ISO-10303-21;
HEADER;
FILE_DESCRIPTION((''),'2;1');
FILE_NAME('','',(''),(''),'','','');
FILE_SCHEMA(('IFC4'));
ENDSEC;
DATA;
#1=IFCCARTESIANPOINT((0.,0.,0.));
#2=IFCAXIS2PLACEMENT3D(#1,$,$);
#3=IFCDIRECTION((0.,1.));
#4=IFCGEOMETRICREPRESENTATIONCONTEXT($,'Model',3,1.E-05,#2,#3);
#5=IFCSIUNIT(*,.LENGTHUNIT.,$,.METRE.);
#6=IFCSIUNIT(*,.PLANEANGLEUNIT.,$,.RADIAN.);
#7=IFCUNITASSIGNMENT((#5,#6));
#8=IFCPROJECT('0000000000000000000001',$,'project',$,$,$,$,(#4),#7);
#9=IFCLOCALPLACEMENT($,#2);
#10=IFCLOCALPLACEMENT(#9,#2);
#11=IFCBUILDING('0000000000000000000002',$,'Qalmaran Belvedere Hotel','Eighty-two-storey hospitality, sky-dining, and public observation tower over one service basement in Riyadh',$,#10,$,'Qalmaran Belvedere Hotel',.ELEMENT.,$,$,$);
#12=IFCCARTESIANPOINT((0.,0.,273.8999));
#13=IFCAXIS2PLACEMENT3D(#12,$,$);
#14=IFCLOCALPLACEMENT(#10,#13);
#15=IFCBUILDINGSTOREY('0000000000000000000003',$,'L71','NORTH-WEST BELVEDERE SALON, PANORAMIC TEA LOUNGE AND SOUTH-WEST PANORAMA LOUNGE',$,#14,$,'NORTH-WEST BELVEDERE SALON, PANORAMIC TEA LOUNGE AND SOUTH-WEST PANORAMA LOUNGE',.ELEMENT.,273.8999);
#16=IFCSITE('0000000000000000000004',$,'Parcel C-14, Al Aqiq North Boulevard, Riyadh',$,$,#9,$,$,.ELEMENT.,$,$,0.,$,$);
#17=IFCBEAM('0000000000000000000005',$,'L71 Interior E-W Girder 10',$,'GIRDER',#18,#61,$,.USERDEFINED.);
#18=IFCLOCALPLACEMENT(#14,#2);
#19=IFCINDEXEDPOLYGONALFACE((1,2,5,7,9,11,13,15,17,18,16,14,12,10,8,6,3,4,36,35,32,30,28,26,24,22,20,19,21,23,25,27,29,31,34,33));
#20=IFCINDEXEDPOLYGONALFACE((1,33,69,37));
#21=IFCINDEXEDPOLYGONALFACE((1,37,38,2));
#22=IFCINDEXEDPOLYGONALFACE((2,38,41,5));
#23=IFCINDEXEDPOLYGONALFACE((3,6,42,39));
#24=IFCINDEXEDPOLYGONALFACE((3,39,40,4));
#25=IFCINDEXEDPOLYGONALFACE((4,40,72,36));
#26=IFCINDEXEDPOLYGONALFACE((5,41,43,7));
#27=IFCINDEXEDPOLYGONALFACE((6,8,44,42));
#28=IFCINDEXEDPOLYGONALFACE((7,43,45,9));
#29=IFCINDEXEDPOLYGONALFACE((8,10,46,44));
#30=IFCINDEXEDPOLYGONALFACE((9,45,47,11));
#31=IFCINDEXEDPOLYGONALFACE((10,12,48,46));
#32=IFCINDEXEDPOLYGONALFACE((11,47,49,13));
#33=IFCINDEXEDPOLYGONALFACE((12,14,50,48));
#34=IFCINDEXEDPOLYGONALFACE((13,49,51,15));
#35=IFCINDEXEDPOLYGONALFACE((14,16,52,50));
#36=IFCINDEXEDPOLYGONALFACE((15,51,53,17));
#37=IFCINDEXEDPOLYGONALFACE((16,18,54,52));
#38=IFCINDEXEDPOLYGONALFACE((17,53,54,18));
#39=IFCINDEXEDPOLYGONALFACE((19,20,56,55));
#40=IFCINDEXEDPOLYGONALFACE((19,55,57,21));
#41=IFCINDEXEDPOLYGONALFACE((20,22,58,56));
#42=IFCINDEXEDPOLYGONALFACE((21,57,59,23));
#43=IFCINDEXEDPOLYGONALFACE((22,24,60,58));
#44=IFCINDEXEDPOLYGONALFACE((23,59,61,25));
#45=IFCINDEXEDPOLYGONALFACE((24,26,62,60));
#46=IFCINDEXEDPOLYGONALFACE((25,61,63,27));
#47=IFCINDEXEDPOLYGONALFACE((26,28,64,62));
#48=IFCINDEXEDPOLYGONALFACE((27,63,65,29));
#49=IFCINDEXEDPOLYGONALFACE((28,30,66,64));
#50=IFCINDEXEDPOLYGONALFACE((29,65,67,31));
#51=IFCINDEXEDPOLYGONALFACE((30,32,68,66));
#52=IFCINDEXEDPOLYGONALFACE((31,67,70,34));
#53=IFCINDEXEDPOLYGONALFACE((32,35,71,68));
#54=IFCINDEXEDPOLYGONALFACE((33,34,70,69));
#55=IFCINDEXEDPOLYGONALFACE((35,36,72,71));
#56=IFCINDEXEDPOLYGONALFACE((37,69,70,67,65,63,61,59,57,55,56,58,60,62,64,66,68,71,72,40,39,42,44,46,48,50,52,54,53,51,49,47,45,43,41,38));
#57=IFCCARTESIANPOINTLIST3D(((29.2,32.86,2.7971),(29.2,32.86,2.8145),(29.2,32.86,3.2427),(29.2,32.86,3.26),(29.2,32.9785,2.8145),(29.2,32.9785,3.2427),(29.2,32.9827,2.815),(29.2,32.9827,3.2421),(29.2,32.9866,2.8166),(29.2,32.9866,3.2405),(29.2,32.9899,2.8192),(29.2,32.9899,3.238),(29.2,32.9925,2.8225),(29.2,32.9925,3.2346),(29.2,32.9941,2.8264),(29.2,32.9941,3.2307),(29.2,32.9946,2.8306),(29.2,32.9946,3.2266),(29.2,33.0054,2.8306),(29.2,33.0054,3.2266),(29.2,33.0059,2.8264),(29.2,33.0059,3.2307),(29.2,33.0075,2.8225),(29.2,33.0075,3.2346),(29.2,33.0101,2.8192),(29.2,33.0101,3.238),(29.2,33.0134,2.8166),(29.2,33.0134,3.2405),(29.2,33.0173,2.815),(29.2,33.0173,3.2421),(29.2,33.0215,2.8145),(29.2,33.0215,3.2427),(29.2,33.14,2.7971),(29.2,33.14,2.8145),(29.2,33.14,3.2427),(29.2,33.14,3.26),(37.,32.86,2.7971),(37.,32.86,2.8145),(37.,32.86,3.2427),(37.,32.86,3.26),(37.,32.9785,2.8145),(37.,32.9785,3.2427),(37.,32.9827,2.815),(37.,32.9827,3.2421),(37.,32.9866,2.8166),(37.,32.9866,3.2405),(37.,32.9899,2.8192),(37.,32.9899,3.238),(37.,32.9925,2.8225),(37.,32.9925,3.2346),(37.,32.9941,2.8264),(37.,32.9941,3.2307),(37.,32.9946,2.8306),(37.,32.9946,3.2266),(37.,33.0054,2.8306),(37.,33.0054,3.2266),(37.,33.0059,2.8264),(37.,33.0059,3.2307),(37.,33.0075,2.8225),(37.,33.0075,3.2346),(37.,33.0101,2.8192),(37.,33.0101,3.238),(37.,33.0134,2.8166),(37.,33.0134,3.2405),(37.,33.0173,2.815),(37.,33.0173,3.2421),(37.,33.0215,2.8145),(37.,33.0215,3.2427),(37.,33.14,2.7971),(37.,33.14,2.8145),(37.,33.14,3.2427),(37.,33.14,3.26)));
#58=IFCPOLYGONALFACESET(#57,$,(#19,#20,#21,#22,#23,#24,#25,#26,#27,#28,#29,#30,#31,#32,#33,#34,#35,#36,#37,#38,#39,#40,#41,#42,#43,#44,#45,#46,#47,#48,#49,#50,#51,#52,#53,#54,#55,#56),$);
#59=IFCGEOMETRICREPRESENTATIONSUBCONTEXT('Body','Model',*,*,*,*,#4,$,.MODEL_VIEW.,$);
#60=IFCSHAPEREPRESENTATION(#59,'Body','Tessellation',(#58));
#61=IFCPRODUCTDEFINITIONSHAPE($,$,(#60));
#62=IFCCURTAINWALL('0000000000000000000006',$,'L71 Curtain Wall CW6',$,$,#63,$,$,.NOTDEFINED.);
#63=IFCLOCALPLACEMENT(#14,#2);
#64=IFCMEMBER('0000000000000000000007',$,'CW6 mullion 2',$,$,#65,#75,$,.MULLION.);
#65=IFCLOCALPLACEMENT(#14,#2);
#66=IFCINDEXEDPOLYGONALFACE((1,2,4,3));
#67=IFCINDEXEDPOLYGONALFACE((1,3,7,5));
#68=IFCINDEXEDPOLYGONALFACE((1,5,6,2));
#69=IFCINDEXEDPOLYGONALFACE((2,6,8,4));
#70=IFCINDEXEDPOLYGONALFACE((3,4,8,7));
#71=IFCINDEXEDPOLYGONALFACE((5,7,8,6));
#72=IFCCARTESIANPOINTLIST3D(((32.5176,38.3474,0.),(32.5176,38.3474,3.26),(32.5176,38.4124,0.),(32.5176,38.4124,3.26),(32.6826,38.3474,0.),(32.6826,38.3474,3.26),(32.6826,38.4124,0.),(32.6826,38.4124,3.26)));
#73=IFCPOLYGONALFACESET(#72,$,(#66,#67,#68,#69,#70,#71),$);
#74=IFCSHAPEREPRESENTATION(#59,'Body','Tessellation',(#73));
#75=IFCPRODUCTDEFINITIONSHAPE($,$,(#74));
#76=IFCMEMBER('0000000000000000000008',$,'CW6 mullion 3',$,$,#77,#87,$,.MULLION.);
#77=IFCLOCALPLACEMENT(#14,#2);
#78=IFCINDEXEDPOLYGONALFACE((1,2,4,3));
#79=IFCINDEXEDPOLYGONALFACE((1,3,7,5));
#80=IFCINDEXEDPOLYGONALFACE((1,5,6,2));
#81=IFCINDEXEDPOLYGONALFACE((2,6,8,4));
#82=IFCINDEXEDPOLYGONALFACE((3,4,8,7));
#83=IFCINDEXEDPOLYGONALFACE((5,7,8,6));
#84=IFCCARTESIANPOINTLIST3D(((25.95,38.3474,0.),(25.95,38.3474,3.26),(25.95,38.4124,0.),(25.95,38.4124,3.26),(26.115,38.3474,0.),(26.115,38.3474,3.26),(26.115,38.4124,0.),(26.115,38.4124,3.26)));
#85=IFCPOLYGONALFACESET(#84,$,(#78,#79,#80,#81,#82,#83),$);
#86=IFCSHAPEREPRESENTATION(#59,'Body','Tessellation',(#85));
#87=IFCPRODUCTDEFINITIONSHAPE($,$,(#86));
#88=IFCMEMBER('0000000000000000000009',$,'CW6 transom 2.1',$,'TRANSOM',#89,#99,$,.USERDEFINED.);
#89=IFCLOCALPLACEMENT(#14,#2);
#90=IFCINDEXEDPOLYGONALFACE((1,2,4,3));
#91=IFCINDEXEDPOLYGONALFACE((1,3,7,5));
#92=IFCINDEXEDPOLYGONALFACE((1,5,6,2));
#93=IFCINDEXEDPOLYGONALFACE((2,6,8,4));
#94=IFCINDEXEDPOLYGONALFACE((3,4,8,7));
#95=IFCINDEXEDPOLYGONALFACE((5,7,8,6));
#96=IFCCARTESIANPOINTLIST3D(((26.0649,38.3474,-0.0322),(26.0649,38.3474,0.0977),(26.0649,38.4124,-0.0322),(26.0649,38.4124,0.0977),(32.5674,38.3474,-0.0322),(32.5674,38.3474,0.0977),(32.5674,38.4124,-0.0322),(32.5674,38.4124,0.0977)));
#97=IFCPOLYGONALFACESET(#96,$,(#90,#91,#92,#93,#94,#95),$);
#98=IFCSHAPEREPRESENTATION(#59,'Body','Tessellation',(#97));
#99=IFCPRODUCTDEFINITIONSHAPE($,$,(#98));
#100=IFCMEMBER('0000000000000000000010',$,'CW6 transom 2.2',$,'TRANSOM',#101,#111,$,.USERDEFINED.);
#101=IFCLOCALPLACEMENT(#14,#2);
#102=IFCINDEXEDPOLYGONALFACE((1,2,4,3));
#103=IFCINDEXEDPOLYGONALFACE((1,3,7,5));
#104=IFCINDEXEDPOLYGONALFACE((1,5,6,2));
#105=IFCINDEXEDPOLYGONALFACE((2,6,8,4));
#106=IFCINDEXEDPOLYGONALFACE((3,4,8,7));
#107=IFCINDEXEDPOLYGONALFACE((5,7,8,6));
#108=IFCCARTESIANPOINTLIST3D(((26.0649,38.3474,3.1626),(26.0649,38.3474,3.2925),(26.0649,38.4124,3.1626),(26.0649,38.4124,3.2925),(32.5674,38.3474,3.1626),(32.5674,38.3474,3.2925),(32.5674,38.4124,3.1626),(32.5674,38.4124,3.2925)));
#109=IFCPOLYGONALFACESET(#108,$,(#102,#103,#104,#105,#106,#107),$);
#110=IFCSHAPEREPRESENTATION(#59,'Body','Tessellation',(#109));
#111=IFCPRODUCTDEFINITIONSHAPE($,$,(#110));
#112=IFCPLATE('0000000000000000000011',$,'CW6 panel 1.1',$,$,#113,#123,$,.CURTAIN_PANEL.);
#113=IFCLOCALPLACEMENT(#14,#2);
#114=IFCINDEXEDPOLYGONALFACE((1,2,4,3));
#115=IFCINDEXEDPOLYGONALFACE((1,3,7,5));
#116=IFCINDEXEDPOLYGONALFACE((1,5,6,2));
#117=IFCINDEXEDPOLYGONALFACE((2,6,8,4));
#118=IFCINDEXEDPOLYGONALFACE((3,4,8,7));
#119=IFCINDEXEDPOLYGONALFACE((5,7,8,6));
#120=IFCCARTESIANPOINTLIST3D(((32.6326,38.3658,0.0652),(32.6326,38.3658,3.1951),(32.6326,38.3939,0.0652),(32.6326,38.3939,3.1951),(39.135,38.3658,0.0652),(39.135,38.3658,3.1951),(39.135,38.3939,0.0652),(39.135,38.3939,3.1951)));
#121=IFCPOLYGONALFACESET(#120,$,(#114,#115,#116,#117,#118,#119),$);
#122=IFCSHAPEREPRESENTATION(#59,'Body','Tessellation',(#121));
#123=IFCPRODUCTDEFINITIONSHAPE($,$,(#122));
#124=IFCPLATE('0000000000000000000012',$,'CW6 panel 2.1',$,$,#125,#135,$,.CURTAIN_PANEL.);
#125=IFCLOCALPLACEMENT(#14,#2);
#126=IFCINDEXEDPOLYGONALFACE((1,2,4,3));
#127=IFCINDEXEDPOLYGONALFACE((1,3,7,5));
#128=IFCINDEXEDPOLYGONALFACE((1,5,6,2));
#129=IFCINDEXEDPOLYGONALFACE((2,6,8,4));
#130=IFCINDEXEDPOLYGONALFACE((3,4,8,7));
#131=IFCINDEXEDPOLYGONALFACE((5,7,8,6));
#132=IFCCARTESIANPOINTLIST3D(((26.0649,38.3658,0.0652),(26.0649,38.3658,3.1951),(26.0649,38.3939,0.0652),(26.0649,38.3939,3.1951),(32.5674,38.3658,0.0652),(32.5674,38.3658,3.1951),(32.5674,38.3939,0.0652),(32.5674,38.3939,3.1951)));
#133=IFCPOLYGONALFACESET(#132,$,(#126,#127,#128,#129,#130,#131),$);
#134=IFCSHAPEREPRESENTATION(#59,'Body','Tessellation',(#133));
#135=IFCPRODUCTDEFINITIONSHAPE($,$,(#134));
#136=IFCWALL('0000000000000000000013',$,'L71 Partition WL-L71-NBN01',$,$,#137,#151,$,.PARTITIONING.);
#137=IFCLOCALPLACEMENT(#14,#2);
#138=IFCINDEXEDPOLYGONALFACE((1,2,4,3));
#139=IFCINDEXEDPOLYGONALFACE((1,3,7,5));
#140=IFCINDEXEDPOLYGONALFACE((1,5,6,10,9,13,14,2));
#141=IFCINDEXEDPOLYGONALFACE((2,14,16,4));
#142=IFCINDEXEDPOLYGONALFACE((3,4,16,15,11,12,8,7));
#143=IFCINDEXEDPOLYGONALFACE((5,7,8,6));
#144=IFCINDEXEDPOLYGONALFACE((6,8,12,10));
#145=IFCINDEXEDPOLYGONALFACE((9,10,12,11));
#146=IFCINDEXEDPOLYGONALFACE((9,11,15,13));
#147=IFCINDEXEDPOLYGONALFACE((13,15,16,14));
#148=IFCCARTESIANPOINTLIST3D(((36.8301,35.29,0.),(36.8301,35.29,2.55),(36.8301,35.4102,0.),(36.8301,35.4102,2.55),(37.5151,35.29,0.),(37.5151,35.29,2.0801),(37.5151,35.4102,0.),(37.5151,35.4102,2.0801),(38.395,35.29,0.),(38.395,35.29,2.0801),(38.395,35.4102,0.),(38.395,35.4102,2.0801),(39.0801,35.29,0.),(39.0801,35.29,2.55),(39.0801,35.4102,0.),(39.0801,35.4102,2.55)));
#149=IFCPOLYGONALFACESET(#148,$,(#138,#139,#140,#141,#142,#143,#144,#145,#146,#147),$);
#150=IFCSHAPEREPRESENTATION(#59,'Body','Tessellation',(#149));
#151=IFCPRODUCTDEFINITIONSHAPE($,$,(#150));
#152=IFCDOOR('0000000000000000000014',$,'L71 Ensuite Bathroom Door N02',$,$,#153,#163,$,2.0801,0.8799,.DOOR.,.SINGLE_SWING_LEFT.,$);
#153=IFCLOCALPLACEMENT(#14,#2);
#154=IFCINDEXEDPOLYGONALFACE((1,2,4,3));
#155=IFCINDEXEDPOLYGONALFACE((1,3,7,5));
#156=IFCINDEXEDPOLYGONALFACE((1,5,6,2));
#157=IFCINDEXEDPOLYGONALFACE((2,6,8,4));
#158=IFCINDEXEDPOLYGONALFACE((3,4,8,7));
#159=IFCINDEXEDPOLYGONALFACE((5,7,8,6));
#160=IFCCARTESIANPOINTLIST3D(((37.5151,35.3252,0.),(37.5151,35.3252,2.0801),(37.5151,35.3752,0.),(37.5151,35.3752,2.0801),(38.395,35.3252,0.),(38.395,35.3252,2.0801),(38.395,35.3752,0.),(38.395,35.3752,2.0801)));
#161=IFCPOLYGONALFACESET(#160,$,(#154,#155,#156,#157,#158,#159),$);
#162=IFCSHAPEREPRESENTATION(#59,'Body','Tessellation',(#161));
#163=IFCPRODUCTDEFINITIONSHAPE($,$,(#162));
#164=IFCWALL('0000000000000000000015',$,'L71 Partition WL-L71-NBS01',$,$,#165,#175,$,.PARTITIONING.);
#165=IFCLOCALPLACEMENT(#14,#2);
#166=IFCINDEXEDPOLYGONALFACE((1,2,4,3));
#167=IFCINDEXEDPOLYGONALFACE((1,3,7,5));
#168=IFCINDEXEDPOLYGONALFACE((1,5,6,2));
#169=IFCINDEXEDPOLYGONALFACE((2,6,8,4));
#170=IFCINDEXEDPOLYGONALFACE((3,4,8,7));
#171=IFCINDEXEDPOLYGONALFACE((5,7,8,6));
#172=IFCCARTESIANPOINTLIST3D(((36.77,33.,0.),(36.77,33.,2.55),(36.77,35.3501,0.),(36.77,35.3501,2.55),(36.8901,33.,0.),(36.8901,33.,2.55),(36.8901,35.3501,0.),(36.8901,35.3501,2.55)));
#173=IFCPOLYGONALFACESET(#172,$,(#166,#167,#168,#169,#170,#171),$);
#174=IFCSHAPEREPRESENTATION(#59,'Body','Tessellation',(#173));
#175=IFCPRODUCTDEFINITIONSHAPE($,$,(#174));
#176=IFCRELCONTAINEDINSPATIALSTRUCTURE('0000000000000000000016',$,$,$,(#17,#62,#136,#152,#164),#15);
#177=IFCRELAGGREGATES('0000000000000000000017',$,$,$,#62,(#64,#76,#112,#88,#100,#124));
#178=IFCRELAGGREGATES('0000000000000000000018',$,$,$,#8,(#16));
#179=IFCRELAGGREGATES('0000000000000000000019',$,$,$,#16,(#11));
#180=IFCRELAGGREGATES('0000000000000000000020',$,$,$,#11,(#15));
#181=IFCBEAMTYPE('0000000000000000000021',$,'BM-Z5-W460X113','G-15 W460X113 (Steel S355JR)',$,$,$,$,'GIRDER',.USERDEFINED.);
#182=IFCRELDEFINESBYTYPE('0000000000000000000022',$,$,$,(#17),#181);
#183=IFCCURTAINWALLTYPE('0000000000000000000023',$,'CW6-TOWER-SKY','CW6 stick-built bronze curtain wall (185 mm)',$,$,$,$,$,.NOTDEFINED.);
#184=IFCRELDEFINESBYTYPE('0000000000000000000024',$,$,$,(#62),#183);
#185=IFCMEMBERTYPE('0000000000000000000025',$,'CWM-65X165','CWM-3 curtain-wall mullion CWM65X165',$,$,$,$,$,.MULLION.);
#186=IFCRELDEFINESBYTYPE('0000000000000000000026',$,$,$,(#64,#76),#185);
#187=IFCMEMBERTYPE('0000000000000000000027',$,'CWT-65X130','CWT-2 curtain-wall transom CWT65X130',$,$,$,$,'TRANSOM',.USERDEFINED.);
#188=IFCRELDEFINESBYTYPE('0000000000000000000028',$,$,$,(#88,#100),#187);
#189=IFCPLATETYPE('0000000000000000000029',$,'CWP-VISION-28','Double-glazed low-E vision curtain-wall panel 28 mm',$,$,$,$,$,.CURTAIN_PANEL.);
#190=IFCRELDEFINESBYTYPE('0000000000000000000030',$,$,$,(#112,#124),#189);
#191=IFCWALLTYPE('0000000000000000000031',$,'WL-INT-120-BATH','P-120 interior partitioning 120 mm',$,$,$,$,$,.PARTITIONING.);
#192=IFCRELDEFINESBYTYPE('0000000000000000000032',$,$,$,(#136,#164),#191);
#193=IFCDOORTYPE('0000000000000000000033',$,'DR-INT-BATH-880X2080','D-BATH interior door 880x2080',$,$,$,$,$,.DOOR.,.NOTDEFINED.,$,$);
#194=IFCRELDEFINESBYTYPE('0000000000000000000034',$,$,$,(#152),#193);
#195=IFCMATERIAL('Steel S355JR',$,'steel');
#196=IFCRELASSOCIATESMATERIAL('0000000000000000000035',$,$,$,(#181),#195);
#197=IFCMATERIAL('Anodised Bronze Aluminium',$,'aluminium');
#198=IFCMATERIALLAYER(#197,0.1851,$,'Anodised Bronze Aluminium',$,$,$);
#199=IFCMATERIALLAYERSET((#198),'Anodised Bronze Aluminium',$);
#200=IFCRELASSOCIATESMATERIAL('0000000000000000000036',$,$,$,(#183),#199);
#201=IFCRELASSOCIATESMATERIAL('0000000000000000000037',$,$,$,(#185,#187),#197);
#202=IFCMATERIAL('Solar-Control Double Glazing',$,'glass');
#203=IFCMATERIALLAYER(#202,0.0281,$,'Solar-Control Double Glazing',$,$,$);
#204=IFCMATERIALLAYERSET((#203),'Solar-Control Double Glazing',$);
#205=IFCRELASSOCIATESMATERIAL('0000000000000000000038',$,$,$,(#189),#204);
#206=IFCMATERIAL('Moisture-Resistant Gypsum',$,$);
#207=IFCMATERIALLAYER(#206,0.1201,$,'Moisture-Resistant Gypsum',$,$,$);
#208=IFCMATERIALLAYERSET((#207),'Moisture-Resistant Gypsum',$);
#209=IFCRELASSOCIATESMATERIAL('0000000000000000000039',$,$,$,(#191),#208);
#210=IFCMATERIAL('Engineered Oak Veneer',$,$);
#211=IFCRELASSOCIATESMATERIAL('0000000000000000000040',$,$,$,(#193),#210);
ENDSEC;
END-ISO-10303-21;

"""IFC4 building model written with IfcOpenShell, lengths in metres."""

from ifc_helpers import new_model, si_unit, direction, frame, frame_2d, origin, origin_2d, place, context, subcontext, project, spatial, rectangle, i_section, extrude, material, layer, layer_set, material_profile, profile_set, type_object, element, fill, aggregate, save


model = new_model("IFC4")

# Units and contexts
model_context = context("Model", 3, precision=1e-05, world=origin(), true_north=direction((0.0, 1.0)))
body_context = subcontext(model_context, "Body", "Model", "MODEL_VIEW")
ifc_project = project(units=[si_unit("LENGTHUNIT", "METRE"), si_unit("PLANEANGLEUNIT", "RADIAN")], contexts=[model_context])

# Site, building, storey
site_placement = place(None, origin())
site = spatial("IfcSite", under=ifc_project, at=site_placement, Name="Parcel C-14, Al Aqiq North Boulevard, Riyadh", CompositionType="ELEMENT", RefElevation=0.0)
building_placement = place(site_placement, origin())
building = spatial("IfcBuilding", under=site, at=building_placement, Name="Qalmaran Belvedere Hotel", Description="Eighty-two-storey hospitality, sky-dining, and public observation tower over one service basement in Riyadh", LongName="Qalmaran Belvedere Hotel", CompositionType="ELEMENT")
storey_placement = place(building_placement, frame((0.0, 0.0, 273.8999)))
storey = spatial("IfcBuildingStorey", under=building, at=storey_placement, Name="L71", Description="NORTH-WEST BELVEDERE SALON, PANORAMIC TEA LOUNGE AND SOUTH-WEST PANORAMA LOUNGE", LongName="NORTH-WEST BELVEDERE SALON, PANORAMIC TEA LOUNGE AND SOUTH-WEST PANORAMA LOUNGE", CompositionType="ELEMENT", Elevation=273.8999)

# Beam
ifc_material_1 = material(Name="Steel S355JR", Category="steel")
ifc_material_profile_1 = material_profile(ifc_material_1, i_section(OverallWidth=0.28, OverallDepth=0.4629, WebThickness=0.0107, FlangeThickness=0.0173, FilletRadius=0.0161, at=origin_2d()), Name="W460X113")
ifc_profile_set_1 = profile_set([ifc_material_profile_1], Name="Steel S355JR")
beam_type_1 = type_object("IfcBeamType", Name="BM-Z5-W460X113", Description="G-15 W460X113 (Steel S355JR)", ElementType="GIRDER", PredefinedType="USERDEFINED", material=ifc_profile_set_1)
for number, where, z_axis, x_axis, name in (
    (1, (29.2, 33.0, 3.0286), (1.0, 0.0, 0.0), (0.0, 1.0, 0.0), "L71 Interior E-W Girder 10"),
):
    element("IfcBeam", number, at=place(storey_placement, frame(where, z_axis=z_axis, x_axis=x_axis)), inside=storey, type_object=beam_type_1, Name=name, ObjectType="GIRDER", PredefinedType="USERDEFINED", context=body_context, shape_type="SweptSolid", body=[
        extrude(i_section(OverallWidth=0.28, OverallDepth=0.4629, WebThickness=0.0107, FlangeThickness=0.0173, FilletRadius=0.0161, at=origin_2d()), origin(), (0.0, 0.0, 1.0), 7.8),
    ])

# Curtain wall, members, plates
ifc_material_2 = material(Name="Anodised Bronze Aluminium", Category="aluminium")
ifc_layer_1 = layer(ifc_material_2, 0.1851, Name="Anodised Bronze Aluminium")
ifc_layer_set_1 = layer_set([ifc_layer_1], Name="Anodised Bronze Aluminium")
curtain_wall_type = type_object("IfcCurtainWallType", Name="CW6-TOWER-SKY", Description="CW6 stick-built bronze curtain wall (185 mm)", PredefinedType="NOTDEFINED", material=ifc_layer_set_1)
curtain_wall_placement = place(storey_placement, origin())
curtain_wall = element("IfcCurtainWall", 2, at=curtain_wall_placement, inside=storey, type_object=curtain_wall_type, Name="L71 Curtain Wall CW6", PredefinedType="NOTDEFINED")
ifc_material_profile_2 = material_profile(ifc_material_2, rectangle(XDim=0.0649, YDim=0.165, at=origin_2d()), Name="CWM65X165")
ifc_profile_set_2 = profile_set([ifc_material_profile_2], Name="Anodised Bronze Aluminium")
member_type_1 = type_object("IfcMemberType", Name="CWM-65X165", Description="CWM-3 curtain-wall mullion CWM65X165", PredefinedType="MULLION", material=ifc_profile_set_2)
member_1_placement = place(storey_placement, frame((32.6001, 38.3799, 0.0), z_axis=(0.0, 0.0, 1.0), x_axis=(0.0, -1.0, 0.0)))
member_1 = element("IfcMember", 3, at=member_1_placement, type_object=member_type_1, Name="CW6 mullion 2", PredefinedType="MULLION", context=body_context, shape_type="SweptSolid", body=[
    extrude(rectangle(XDim=0.0649, YDim=0.165, at=origin_2d()), origin(), (0.0, 0.0, 1.0), 3.26),
])
member_2_placement = place(storey_placement, frame((26.0325, 38.3799, 0.0), z_axis=(0.0, 0.0, 1.0), x_axis=(0.0, -1.0, 0.0)))
member_2 = element("IfcMember", 4, at=member_2_placement, type_object=member_type_1, Name="CW6 mullion 3", PredefinedType="MULLION", context=body_context, shape_type="SweptSolid", body=[
    extrude(rectangle(XDim=0.0649, YDim=0.165, at=origin_2d()), origin(), (0.0, 0.0, 1.0), 3.26),
])
ifc_material_profile_3 = material_profile(ifc_material_2, rectangle(XDim=0.0649, YDim=0.1299, at=origin_2d()), Name="CWT65X130")
ifc_profile_set_3 = profile_set([ifc_material_profile_3], Name="Anodised Bronze Aluminium")
member_type_2 = type_object("IfcMemberType", Name="CWT-65X130", Description="CWT-2 curtain-wall transom CWT65X130", ElementType="TRANSOM", PredefinedType="USERDEFINED", material=ifc_profile_set_3)
member_3_placement = place(storey_placement, frame((32.5674, 38.3799, 0.0327), z_axis=(-1.0, 0.0, 0.0), x_axis=(0.0, -1.0, 0.0)))
member_3 = element("IfcMember", 5, at=member_3_placement, type_object=member_type_2, Name="CW6 transom 2.1", ObjectType="TRANSOM", PredefinedType="USERDEFINED", context=body_context, shape_type="SweptSolid", body=[
    extrude(rectangle(XDim=0.0649, YDim=0.1299, at=origin_2d()), origin(), (0.0, 0.0, 1.0), 6.5024),
])
member_4_placement = place(storey_placement, frame((32.5674, 38.3799, 3.2275), z_axis=(-1.0, 0.0, 0.0), x_axis=(0.0, -1.0, 0.0)))
member_4 = element("IfcMember", 6, at=member_4_placement, type_object=member_type_2, Name="CW6 transom 2.2", ObjectType="TRANSOM", PredefinedType="USERDEFINED", context=body_context, shape_type="SweptSolid", body=[
    extrude(rectangle(XDim=0.0649, YDim=0.1299, at=origin_2d()), origin(), (0.0, 0.0, 1.0), 6.5024),
])
ifc_material_3 = material(Name="Solar-Control Double Glazing", Category="glass")
ifc_layer_2 = layer(ifc_material_3, 0.0281, Name="Solar-Control Double Glazing")
ifc_layer_set_2 = layer_set([ifc_layer_2], Name="Solar-Control Double Glazing")
plate_type = type_object("IfcPlateType", Name="CWP-VISION-28", Description="Double-glazed low-E vision curtain-wall panel 28 mm", PredefinedType="CURTAIN_PANEL", material=ifc_layer_set_2)
plate_1_placement = place(storey_placement, frame((35.8838, 38.3799, 0.0652), z_axis=(0.0, 0.0, 1.0), x_axis=(-1.0, 0.0, 0.0)))
plate_1 = element("IfcPlate", 7, at=plate_1_placement, type_object=plate_type, Name="CW6 panel 1.1", PredefinedType="CURTAIN_PANEL", context=body_context, shape_type="SweptSolid", body=[
    extrude(rectangle(XDim=6.5024, YDim=0.0281, at=origin_2d()), origin(), (0.0, 0.0, 1.0), 3.1299),
])
plate_2_placement = place(storey_placement, frame((29.3162, 38.3799, 0.0652), z_axis=(0.0, 0.0, 1.0), x_axis=(-1.0, 0.0, 0.0)))
plate_2 = element("IfcPlate", 8, at=plate_2_placement, type_object=plate_type, Name="CW6 panel 2.1", PredefinedType="CURTAIN_PANEL", context=body_context, shape_type="SweptSolid", body=[
    extrude(rectangle(XDim=6.5024, YDim=0.0281, at=origin_2d()), origin(), (0.0, 0.0, 1.0), 3.1299),
])
aggregate(curtain_wall, [member_1, member_2, plate_1, member_3, member_4, plate_2])

# Wall, opening, door
ifc_material_4 = material(Name="Moisture-Resistant Gypsum")
ifc_layer_3 = layer(ifc_material_4, 0.1201, Name="Moisture-Resistant Gypsum")
ifc_layer_set_3 = layer_set([ifc_layer_3], Name="Moisture-Resistant Gypsum")
wall_type_1 = type_object("IfcWallType", Name="WL-INT-120-BATH", Description="P-120 interior partitioning 120 mm", PredefinedType="PARTITIONING", material=ifc_layer_set_3)
wall_1_placement = place(storey_placement, frame((36.8301, 35.3501, 0.0), z_axis=(0.0, 0.0, 1.0), x_axis=(1.0, 0.0, 0.0)))
wall_1 = element("IfcWall", 9, at=wall_1_placement, inside=storey, type_object=wall_type_1, Name="L71 Partition WL-L71-NBN01", PredefinedType="PARTITIONING", context=body_context, shape_type="SweptSolid", body=[
    extrude(rectangle(XDim=2.25, YDim=0.1201, at=frame_2d((1.125, 0.0))), origin(), (0.0, 0.0, 1.0), 2.55),
])
opening_1_placement = place(wall_1_placement, frame((1.5649, 0.0, 0.0), z_axis=(0.0, 0.0, 1.0), x_axis=(-1.0, 0.0, 0.0)))
opening_1 = element("IfcOpeningElement", 10, at=opening_1_placement, cuts=wall_1, PredefinedType="OPENING", context=body_context, shape_type="SweptSolid", body=[
    extrude(rectangle(XDim=0.8799, YDim=2.0801, at=frame_2d((0.4399, 1.04))), frame((0.0, 0.0701, 0.0), z_axis=(0.0, -1.0, 0.0), x_axis=(1.0, 0.0, 0.0)), (0.0, 0.0, 1.0), 0.1401),
])
ifc_material_5 = material(Name="Engineered Oak Veneer")
door_type_1 = type_object("IfcDoorType", Name="DR-INT-BATH-880X2080", Description="D-BATH interior door 880x2080", OperationType="NOTDEFINED", PredefinedType="DOOR", material=ifc_material_5)
door_1_placement = place(opening_1_placement, origin())
door_1 = element("IfcDoor", 11, at=door_1_placement, inside=storey, type_object=door_type_1, Name="L71 Ensuite Bathroom Door N02", OperationType="SINGLE_SWING_LEFT", OverallHeight=2.0801, OverallWidth=0.8799, PredefinedType="DOOR", context=body_context, shape_type="SweptSolid", body=[
    extrude(rectangle(XDim=0.8799, YDim=2.0801, at=frame_2d((0.4399, 1.04))), frame((0.0, 0.0249, 0.0), z_axis=(0.0, -1.0, 0.0), x_axis=(1.0, 0.0, 0.0)), (0.0, 0.0, 1.0), 0.05),
])
fill(opening_1, door_1)

# Wall
wall_2_placement = place(storey_placement, frame((36.8301, 33.0, 0.0), z_axis=(0.0, 0.0, 1.0), x_axis=(0.0, 1.0, 0.0)))
element("IfcWall", 12, at=wall_2_placement, inside=storey, type_object=wall_type_1, Name="L71 Partition WL-L71-NBS01", PredefinedType="PARTITIONING", context=body_context, shape_type="SweptSolid", body=[
    extrude(rectangle(XDim=2.3501, YDim=0.1201, at=frame_2d((1.175, 0.0))), origin(), (0.0, 0.0, 1.0), 2.55),
])

save(model, "model.ifc")
